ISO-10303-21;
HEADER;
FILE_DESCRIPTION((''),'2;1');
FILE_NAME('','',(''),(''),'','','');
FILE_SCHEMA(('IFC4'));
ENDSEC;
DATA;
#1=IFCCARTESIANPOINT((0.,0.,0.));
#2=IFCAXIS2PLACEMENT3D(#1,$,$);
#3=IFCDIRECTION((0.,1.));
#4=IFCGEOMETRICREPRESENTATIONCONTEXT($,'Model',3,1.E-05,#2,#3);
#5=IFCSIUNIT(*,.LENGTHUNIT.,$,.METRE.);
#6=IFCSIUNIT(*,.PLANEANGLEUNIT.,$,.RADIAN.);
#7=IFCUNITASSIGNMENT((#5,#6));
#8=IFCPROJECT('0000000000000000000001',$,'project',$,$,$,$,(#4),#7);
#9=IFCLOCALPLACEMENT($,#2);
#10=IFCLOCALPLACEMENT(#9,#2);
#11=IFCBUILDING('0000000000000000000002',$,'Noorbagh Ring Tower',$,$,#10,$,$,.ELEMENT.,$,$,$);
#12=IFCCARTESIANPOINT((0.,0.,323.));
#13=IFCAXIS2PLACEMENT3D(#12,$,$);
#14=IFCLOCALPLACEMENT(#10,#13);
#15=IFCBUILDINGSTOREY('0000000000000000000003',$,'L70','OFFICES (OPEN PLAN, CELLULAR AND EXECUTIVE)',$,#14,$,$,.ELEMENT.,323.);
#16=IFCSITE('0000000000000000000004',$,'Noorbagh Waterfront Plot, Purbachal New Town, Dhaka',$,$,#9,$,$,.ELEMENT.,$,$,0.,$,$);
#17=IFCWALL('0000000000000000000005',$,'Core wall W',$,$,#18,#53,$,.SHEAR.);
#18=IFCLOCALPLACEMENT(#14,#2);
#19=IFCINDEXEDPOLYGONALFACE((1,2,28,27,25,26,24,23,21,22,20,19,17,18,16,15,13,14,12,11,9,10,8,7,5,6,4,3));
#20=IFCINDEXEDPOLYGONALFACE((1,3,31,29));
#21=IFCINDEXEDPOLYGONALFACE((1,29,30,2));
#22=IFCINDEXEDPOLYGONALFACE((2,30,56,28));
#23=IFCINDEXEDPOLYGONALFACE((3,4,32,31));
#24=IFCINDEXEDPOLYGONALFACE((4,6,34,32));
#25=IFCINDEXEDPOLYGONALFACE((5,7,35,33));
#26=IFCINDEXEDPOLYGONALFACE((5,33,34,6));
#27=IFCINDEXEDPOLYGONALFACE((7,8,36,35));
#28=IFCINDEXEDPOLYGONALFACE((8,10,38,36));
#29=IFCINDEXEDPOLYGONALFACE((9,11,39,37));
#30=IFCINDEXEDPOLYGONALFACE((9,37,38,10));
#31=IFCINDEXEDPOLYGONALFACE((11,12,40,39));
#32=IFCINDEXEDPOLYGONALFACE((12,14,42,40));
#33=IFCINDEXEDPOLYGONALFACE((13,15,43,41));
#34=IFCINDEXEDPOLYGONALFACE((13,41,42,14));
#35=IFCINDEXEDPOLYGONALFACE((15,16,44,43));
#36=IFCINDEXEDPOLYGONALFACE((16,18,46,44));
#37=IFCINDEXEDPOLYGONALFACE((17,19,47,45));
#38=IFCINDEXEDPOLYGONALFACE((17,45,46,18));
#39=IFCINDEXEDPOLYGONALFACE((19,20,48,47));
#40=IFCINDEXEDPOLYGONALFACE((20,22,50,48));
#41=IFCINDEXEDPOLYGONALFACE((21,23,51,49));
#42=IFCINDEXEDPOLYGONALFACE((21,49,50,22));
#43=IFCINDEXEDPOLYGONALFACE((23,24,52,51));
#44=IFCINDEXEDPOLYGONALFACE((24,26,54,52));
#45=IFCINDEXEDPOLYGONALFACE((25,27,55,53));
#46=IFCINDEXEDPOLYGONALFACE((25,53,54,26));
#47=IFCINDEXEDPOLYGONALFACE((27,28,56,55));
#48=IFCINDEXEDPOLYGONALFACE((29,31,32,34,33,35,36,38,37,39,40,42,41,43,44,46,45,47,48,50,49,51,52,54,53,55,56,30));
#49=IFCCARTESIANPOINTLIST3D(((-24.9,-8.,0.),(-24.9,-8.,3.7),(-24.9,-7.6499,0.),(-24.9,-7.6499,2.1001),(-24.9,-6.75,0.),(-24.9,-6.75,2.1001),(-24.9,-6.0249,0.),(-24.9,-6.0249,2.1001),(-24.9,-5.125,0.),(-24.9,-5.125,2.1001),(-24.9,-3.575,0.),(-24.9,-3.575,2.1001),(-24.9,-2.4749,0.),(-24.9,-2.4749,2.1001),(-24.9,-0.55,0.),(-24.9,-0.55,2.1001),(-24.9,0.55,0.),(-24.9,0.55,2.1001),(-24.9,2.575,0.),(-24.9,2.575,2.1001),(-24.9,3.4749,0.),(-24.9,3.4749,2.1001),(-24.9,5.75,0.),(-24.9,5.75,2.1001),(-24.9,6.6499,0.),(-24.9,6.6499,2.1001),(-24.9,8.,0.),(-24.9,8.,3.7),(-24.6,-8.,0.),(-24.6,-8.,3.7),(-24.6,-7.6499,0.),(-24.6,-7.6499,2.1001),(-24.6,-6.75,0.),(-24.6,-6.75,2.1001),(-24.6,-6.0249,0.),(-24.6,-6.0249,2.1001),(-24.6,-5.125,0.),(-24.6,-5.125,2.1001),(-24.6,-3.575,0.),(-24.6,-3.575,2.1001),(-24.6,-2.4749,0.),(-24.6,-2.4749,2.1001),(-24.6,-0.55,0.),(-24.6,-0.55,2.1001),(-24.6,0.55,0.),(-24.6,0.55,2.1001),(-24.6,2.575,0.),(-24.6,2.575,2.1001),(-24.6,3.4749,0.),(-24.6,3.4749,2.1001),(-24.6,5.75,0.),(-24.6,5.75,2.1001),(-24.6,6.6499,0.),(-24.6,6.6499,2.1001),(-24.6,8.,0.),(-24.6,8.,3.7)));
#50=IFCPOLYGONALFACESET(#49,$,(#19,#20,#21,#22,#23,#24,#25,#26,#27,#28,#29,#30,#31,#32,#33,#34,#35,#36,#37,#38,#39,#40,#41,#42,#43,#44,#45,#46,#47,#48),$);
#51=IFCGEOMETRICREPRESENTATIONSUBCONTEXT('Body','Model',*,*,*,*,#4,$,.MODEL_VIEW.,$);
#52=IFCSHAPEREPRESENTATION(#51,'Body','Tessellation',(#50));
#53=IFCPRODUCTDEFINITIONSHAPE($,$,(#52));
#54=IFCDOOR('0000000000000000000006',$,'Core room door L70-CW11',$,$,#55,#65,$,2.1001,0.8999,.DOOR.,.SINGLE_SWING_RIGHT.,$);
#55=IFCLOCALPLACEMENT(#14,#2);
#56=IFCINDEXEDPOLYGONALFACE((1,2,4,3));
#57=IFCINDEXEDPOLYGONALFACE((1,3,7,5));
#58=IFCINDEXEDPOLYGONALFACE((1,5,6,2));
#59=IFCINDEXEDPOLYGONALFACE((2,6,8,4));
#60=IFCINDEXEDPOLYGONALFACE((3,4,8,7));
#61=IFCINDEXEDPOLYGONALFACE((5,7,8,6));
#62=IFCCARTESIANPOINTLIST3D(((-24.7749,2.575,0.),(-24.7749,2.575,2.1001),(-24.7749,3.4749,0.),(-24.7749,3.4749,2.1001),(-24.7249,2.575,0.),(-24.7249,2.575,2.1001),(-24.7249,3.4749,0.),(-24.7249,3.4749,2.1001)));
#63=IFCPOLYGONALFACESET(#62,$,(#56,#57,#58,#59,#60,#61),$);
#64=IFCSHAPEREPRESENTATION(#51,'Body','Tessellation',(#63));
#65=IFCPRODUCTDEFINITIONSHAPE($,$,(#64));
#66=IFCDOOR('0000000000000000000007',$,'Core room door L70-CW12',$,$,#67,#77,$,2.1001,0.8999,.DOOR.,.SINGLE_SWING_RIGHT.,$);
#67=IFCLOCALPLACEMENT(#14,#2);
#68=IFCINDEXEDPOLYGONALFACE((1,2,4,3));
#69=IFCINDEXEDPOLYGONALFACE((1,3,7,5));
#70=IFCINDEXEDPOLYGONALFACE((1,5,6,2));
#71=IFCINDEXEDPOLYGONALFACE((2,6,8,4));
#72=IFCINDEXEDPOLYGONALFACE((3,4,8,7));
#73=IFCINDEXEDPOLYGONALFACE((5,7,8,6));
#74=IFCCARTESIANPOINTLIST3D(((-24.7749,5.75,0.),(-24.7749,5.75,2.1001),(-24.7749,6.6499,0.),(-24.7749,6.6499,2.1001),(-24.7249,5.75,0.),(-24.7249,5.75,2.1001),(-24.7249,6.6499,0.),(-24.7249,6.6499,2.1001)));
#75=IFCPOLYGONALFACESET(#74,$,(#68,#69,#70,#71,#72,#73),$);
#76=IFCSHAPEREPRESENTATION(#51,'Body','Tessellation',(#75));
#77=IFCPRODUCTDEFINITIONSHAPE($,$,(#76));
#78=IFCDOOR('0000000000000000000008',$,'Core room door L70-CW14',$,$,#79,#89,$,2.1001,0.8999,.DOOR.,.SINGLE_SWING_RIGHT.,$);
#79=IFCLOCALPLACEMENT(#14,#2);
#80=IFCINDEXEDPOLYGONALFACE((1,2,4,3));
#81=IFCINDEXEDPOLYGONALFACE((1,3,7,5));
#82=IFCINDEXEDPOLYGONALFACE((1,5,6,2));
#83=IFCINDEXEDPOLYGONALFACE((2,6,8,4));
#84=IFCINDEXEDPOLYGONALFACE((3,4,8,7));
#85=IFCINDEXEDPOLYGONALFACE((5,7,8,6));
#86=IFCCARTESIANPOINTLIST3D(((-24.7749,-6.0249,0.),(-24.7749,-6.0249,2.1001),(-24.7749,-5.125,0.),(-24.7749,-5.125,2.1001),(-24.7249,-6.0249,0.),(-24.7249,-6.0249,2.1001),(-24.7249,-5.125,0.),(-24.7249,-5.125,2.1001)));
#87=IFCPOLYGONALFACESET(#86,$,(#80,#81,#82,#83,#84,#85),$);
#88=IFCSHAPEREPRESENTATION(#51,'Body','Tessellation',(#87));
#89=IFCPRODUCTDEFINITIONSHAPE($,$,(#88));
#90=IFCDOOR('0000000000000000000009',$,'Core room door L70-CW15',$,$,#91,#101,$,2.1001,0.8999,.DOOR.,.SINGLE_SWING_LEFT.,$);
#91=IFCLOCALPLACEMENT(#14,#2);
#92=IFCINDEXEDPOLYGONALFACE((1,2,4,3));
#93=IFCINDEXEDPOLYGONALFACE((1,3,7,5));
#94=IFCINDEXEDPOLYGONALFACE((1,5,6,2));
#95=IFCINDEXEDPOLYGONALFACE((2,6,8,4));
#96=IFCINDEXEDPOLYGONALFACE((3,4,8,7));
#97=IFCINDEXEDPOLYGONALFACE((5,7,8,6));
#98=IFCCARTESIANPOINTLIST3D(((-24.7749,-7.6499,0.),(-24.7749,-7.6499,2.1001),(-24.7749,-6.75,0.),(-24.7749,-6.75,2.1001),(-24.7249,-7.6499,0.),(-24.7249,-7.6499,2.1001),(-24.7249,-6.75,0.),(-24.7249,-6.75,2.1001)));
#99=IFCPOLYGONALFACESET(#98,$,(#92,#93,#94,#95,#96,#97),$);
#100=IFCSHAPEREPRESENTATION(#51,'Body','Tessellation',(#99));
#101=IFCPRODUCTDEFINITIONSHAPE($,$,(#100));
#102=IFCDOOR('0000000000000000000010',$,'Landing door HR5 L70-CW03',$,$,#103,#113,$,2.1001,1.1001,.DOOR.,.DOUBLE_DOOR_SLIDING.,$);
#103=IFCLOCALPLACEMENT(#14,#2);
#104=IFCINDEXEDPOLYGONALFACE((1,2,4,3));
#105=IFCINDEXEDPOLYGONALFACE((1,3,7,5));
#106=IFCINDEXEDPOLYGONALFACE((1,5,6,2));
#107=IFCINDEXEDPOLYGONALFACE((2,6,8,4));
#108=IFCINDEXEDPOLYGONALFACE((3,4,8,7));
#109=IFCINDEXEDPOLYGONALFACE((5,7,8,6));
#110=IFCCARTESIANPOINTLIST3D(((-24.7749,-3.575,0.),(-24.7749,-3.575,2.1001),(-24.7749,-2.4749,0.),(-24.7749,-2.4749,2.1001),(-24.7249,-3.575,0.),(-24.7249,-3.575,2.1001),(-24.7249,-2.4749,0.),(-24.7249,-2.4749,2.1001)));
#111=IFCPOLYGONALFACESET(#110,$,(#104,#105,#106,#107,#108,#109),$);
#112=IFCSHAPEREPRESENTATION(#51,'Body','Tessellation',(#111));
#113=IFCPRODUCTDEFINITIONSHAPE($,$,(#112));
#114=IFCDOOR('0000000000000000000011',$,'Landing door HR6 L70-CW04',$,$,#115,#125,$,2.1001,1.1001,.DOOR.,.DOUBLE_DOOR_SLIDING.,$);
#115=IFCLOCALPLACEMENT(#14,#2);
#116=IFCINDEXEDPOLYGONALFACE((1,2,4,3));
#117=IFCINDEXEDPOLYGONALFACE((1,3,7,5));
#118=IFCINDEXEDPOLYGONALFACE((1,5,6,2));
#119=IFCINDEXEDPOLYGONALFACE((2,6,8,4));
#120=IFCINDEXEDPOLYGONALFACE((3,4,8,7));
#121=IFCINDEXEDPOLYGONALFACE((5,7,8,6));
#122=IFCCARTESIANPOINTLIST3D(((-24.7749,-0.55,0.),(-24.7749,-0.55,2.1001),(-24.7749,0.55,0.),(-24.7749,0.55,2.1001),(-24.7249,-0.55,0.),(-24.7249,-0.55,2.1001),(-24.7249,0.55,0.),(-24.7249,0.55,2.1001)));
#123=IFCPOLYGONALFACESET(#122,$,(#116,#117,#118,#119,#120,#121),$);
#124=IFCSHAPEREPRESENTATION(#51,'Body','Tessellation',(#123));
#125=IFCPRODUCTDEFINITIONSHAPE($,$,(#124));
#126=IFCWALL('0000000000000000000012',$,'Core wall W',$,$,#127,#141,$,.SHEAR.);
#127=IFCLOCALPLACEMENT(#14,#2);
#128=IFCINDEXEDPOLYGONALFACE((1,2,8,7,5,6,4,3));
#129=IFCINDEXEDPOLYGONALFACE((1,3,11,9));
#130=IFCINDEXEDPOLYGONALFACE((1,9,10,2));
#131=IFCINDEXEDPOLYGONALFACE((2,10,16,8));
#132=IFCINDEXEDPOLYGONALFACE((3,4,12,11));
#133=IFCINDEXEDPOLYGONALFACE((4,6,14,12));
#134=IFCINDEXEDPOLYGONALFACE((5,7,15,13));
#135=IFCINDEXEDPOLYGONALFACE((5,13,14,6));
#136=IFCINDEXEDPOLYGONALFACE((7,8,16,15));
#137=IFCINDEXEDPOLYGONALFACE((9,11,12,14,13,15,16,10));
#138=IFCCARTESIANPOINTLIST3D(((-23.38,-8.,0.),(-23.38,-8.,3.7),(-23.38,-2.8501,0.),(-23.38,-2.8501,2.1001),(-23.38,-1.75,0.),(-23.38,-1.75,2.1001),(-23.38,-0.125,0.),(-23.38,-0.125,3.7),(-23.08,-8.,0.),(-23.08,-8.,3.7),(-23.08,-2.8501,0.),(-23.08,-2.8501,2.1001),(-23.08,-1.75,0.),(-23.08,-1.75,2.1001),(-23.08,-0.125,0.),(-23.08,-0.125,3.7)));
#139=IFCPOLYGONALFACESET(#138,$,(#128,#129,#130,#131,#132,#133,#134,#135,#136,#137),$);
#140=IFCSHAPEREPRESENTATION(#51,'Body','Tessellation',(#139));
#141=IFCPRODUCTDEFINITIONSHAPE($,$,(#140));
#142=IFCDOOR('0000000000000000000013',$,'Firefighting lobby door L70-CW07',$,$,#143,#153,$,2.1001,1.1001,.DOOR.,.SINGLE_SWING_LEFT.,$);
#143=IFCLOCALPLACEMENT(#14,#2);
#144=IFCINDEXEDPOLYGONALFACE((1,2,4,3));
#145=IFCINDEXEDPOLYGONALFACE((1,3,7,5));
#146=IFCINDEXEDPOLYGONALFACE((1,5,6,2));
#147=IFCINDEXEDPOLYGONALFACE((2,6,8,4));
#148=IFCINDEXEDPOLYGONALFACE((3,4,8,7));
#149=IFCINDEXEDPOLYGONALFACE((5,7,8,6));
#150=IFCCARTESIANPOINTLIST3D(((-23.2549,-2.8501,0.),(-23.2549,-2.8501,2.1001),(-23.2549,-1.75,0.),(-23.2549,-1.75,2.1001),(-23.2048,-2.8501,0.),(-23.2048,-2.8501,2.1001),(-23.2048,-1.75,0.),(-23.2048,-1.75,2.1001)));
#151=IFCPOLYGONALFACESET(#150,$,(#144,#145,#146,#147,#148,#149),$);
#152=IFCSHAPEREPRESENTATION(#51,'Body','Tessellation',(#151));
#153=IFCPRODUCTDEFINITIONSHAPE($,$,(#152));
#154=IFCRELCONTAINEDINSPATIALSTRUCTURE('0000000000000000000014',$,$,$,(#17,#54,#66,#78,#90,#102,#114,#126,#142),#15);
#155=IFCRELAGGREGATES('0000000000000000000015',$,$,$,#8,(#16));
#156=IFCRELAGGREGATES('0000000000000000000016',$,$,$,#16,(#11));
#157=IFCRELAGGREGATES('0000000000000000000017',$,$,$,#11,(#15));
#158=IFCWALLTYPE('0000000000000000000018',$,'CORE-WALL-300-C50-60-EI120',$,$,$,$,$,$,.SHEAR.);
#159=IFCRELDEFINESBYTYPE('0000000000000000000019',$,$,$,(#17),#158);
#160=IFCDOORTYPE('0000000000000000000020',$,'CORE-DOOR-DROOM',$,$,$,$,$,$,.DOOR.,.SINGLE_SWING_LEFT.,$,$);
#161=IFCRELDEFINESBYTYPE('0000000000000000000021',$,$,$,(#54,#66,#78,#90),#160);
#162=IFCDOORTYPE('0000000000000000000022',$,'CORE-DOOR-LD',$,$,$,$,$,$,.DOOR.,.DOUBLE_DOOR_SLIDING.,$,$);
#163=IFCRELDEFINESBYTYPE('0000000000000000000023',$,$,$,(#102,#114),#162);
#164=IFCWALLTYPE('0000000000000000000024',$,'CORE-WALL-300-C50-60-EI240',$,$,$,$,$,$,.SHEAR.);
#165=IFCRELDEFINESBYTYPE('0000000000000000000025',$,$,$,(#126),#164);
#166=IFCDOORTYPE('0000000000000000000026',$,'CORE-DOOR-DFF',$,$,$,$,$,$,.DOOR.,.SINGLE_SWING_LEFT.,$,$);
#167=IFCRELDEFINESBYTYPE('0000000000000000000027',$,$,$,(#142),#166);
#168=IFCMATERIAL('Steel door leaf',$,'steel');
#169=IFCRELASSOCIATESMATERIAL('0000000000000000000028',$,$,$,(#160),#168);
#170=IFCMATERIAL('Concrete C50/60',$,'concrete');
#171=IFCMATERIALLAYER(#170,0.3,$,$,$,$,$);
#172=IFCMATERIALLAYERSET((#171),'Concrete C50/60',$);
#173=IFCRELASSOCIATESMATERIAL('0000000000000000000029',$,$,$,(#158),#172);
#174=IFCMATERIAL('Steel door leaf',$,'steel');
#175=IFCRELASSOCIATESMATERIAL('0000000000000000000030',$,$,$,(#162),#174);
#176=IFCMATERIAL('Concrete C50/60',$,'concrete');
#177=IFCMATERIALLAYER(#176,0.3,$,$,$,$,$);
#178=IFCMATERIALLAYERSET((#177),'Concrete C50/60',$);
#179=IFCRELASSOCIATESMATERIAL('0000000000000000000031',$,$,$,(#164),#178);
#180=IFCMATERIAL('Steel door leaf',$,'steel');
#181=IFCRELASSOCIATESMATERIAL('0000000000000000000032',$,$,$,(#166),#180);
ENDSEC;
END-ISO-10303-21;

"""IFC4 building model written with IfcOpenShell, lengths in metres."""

from ifc_helpers import new_model, si_unit, direction, frame, frame_2d, origin, place, context, subcontext, project, spatial, rectangle, extrude, material, layer, layer_set, type_object, element, fill, save


model = new_model("IFC4")

# Units and contexts
model_context = context("Model", 3, precision=1e-05, world=origin(), true_north=direction((0.0, 1.0)))
body_context = subcontext(model_context, "Body", "Model", "MODEL_VIEW")
ifc_project = project(units=[si_unit("LENGTHUNIT", "METRE"), si_unit("PLANEANGLEUNIT", "RADIAN")], contexts=[model_context])

# Site, building, storey
site_placement = place(None, origin())
site = spatial("IfcSite", under=ifc_project, at=site_placement, Name="Noorbagh Waterfront Plot, Purbachal New Town, Dhaka", CompositionType="ELEMENT", RefElevation=0.0)
building_placement = place(site_placement, origin())
building = spatial("IfcBuilding", under=site, at=building_placement, Name="Noorbagh Ring Tower", CompositionType="ELEMENT")
storey_placement = place(building_placement, frame((0.0, 0.0, 323.0)))
storey = spatial("IfcBuildingStorey", under=building, at=storey_placement, Name="L70", Description="OFFICES (OPEN PLAN, CELLULAR AND EXECUTIVE)", CompositionType="ELEMENT", Elevation=323.0)

# Shared definitions
ifc_material_1 = material(Name="Steel door leaf", Category="steel")
door_type_1 = type_object("IfcDoorType", Name="CORE-DOOR-DROOM", OperationType="SINGLE_SWING_LEFT", PredefinedType="DOOR", material=ifc_material_1)

# Wall, openings, doors
ifc_material_2 = material(Name="Concrete C50/60", Category="concrete")
ifc_layer_1 = layer(ifc_material_2, 0.3)
ifc_layer_set_1 = layer_set([ifc_layer_1], Name="Concrete C50/60")
wall_type_1 = type_object("IfcWallType", Name="CORE-WALL-300-C50-60-EI120", PredefinedType="SHEAR", material=ifc_layer_set_1)
ifc_material_3 = material(Name="Steel door leaf", Category="steel")
door_type_2 = type_object("IfcDoorType", Name="CORE-DOOR-LD", OperationType="DOUBLE_DOOR_SLIDING", PredefinedType="DOOR", material=ifc_material_3)
wall_1_placement = place(storey_placement, frame((-24.75, -8.0, 0.0), z_axis=(0.0, 0.0, 1.0), x_axis=(0.0, 1.0, 0.0)))
wall_1 = element("IfcWall", 1, at=wall_1_placement, inside=storey, type_object=wall_type_1, Name="Core wall W", PredefinedType="SHEAR", context=body_context, shape_type="SweptSolid", body=[
    extrude(rectangle(XDim=16.0, YDim=0.3, at=frame_2d((8.0, 0.0))), origin(), (0.0, 0.0, 1.0), 3.7),
])
opening_1_placement = place(wall_1_placement, frame((4.425, 0.0, 0.0)))
opening_1 = element("IfcOpeningElement", 2, at=opening_1_placement, cuts=wall_1, PredefinedType="OPENING", context=body_context, shape_type="SweptSolid", body=[
    extrude(rectangle(XDim=1.1001, YDim=2.1001, at=frame_2d((0.55, 1.05))), frame((0.0, 0.1602, 0.0), z_axis=(0.0, -1.0, 0.0), x_axis=(1.0, 0.0, 0.0)), (0.0, 0.0, 1.0), 0.3201),
])
opening_2_placement = place(wall_1_placement, frame((7.45, 0.0, 0.0)))
opening_2 = element("IfcOpeningElement", 3, at=opening_2_placement, cuts=wall_1, PredefinedType="OPENING", context=body_context, shape_type="SweptSolid", body=[
    extrude(rectangle(XDim=1.1001, YDim=2.1001, at=frame_2d((0.55, 1.05))), frame((0.0, 0.1602, 0.0), z_axis=(0.0, -1.0, 0.0), x_axis=(1.0, 0.0, 0.0)), (0.0, 0.0, 1.0), 0.3201),
])
opening_3_placement = place(wall_1_placement, frame((10.575, 0.0, 0.0)))
opening_3 = element("IfcOpeningElement", 4, at=opening_3_placement, cuts=wall_1, PredefinedType="OPENING", context=body_context, shape_type="SweptSolid", body=[
    extrude(rectangle(XDim=0.8999, YDim=2.1001, at=frame_2d((0.45, 1.05))), frame((0.0, 0.1602, 0.0), z_axis=(0.0, -1.0, 0.0), x_axis=(1.0, 0.0, 0.0)), (0.0, 0.0, 1.0), 0.3201),
])
opening_4_placement = place(wall_1_placement, frame((13.75, 0.0, 0.0)))
opening_4 = element("IfcOpeningElement", 5, at=opening_4_placement, cuts=wall_1, PredefinedType="OPENING", context=body_context, shape_type="SweptSolid", body=[
    extrude(rectangle(XDim=0.8999, YDim=2.1001, at=frame_2d((0.45, 1.05))), frame((0.0, 0.1602, 0.0), z_axis=(0.0, -1.0, 0.0), x_axis=(1.0, 0.0, 0.0)), (0.0, 0.0, 1.0), 0.3201),
])
opening_5_placement = place(wall_1_placement, frame((1.9751, 0.0, 0.0)))
opening_5 = element("IfcOpeningElement", 6, at=opening_5_placement, cuts=wall_1, PredefinedType="OPENING", context=body_context, shape_type="SweptSolid", body=[
    extrude(rectangle(XDim=0.8999, YDim=2.1001, at=frame_2d((0.45, 1.05))), frame((0.0, 0.1602, 0.0), z_axis=(0.0, -1.0, 0.0), x_axis=(1.0, 0.0, 0.0)), (0.0, 0.0, 1.0), 0.3201),
])
opening_6_placement = place(wall_1_placement, frame((0.3501, 0.0, 0.0)))
opening_6 = element("IfcOpeningElement", 7, at=opening_6_placement, cuts=wall_1, PredefinedType="OPENING", context=body_context, shape_type="SweptSolid", body=[
    extrude(rectangle(XDim=0.8999, YDim=2.1001, at=frame_2d((0.45, 1.05))), frame((0.0, 0.1602, 0.0), z_axis=(0.0, -1.0, 0.0), x_axis=(1.0, 0.0, 0.0)), (0.0, 0.0, 1.0), 0.3201),
])
door_1_placement = place(opening_3_placement, origin())
door_1 = element("IfcDoor", 8, at=door_1_placement, inside=storey, type_object=door_type_1, Name="Core room door L70-CW11", OperationType="SINGLE_SWING_RIGHT", OverallHeight=2.1001, OverallWidth=0.8999, PredefinedType="DOOR", context=body_context, shape_type="SweptSolid", body=[
    extrude(rectangle(XDim=0.8999, YDim=2.1001, at=frame_2d((0.45, 1.05))), frame((0.0, 0.0249, 0.0), z_axis=(0.0, -1.0, 0.0), x_axis=(1.0, 0.0, 0.0)), (0.0, 0.0, 1.0), 0.05),
])
fill(opening_3, door_1)
door_2_placement = place(opening_4_placement, origin())
door_2 = element("IfcDoor", 9, at=door_2_placement, inside=storey, type_object=door_type_1, Name="Core room door L70-CW12", OperationType="SINGLE_SWING_RIGHT", OverallHeight=2.1001, OverallWidth=0.8999, PredefinedType="DOOR", context=body_context, shape_type="SweptSolid", body=[
    extrude(rectangle(XDim=0.8999, YDim=2.1001, at=frame_2d((0.45, 1.05))), frame((0.0, 0.0249, 0.0), z_axis=(0.0, -1.0, 0.0), x_axis=(1.0, 0.0, 0.0)), (0.0, 0.0, 1.0), 0.05),
])
fill(opening_4, door_2)
door_3_placement = place(opening_5_placement, origin())
door_3 = element("IfcDoor", 10, at=door_3_placement, inside=storey, type_object=door_type_1, Name="Core room door L70-CW14", OperationType="SINGLE_SWING_RIGHT", OverallHeight=2.1001, OverallWidth=0.8999, PredefinedType="DOOR", context=body_context, shape_type="SweptSolid", body=[
    extrude(rectangle(XDim=0.8999, YDim=2.1001, at=frame_2d((0.45, 1.05))), frame((0.0, 0.0249, 0.0), z_axis=(0.0, -1.0, 0.0), x_axis=(1.0, 0.0, 0.0)), (0.0, 0.0, 1.0), 0.05),
])
fill(opening_5, door_3)
door_4_placement = place(opening_6_placement, origin())
door_4 = element("IfcDoor", 11, at=door_4_placement, inside=storey, type_object=door_type_1, Name="Core room door L70-CW15", OperationType="SINGLE_SWING_LEFT", OverallHeight=2.1001, OverallWidth=0.8999, PredefinedType="DOOR", context=body_context, shape_type="SweptSolid", body=[
    extrude(rectangle(XDim=0.8999, YDim=2.1001, at=frame_2d((0.45, 1.05))), frame((0.0, 0.0249, 0.0), z_axis=(0.0, -1.0, 0.0), x_axis=(1.0, 0.0, 0.0)), (0.0, 0.0, 1.0), 0.05),
])
fill(opening_6, door_4)
door_5_placement = place(opening_1_placement, origin())
door_5 = element("IfcDoor", 12, at=door_5_placement, inside=storey, type_object=door_type_2, Name="Landing door HR5 L70-CW03", OperationType="DOUBLE_DOOR_SLIDING", OverallHeight=2.1001, OverallWidth=1.1001, PredefinedType="DOOR", context=body_context, shape_type="SweptSolid", body=[
    extrude(rectangle(XDim=1.1001, YDim=2.1001, at=frame_2d((0.55, 1.05))), frame((0.0, 0.0249, 0.0), z_axis=(0.0, -1.0, 0.0), x_axis=(1.0, 0.0, 0.0)), (0.0, 0.0, 1.0), 0.05),
])
fill(opening_1, door_5)
door_6_placement = place(opening_2_placement, origin())
door_6 = element("IfcDoor", 13, at=door_6_placement, inside=storey, type_object=door_type_2, Name="Landing door HR6 L70-CW04", OperationType="DOUBLE_DOOR_SLIDING", OverallHeight=2.1001, OverallWidth=1.1001, PredefinedType="DOOR", context=body_context, shape_type="SweptSolid", body=[
    extrude(rectangle(XDim=1.1001, YDim=2.1001, at=frame_2d((0.55, 1.05))), frame((0.0, 0.0249, 0.0), z_axis=(0.0, -1.0, 0.0), x_axis=(1.0, 0.0, 0.0)), (0.0, 0.0, 1.0), 0.05),
])
fill(opening_2, door_6)

# Wall, opening, door
ifc_material_4 = material(Name="Concrete C50/60", Category="concrete")
ifc_layer_2 = layer(ifc_material_4, 0.3)
ifc_layer_set_2 = layer_set([ifc_layer_2], Name="Concrete C50/60")
wall_type_2 = type_object("IfcWallType", Name="CORE-WALL-300-C50-60-EI240", PredefinedType="SHEAR", material=ifc_layer_set_2)
wall_2_placement = place(storey_placement, frame((-23.23, -8.0, 0.0), z_axis=(0.0, 0.0, 1.0), x_axis=(0.0, 1.0, 0.0)))
wall_2 = element("IfcWall", 14, at=wall_2_placement, inside=storey, type_object=wall_type_2, Name="Core wall W", PredefinedType="SHEAR", context=body_context, shape_type="SweptSolid", body=[
    extrude(rectangle(XDim=7.875, YDim=0.3, at=frame_2d((3.9375, 0.0))), origin(), (0.0, 0.0, 1.0), 3.7),
])
opening_7_placement = place(wall_2_placement, frame((5.1499, 0.0, 0.0)))
opening_7 = element("IfcOpeningElement", 15, at=opening_7_placement, cuts=wall_2, PredefinedType="OPENING", context=body_context, shape_type="SweptSolid", body=[
    extrude(rectangle(XDim=1.1001, YDim=2.1001, at=frame_2d((0.55, 1.05))), frame((0.0, 0.1602, 0.0), z_axis=(0.0, -1.0, 0.0), x_axis=(1.0, 0.0, 0.0)), (0.0, 0.0, 1.0), 0.3201),
])
ifc_material_5 = material(Name="Steel door leaf", Category="steel")
door_type_3 = type_object("IfcDoorType", Name="CORE-DOOR-DFF", OperationType="SINGLE_SWING_LEFT", PredefinedType="DOOR", material=ifc_material_5)
door_7_placement = place(opening_7_placement, origin())
door_7 = element("IfcDoor", 16, at=door_7_placement, inside=storey, type_object=door_type_3, Name="Firefighting lobby door L70-CW07", OperationType="SINGLE_SWING_LEFT", OverallHeight=2.1001, OverallWidth=1.1001, PredefinedType="DOOR", context=body_context, shape_type="SweptSolid", body=[
    extrude(rectangle(XDim=1.1001, YDim=2.1001, at=frame_2d((0.55, 1.05))), frame((0.0, 0.0249, 0.0), z_axis=(0.0, -1.0, 0.0), x_axis=(1.0, 0.0, 0.0)), (0.0, 0.0, 1.0), 0.05),
])
fill(opening_7, door_7)

save(model, "model.ifc")
